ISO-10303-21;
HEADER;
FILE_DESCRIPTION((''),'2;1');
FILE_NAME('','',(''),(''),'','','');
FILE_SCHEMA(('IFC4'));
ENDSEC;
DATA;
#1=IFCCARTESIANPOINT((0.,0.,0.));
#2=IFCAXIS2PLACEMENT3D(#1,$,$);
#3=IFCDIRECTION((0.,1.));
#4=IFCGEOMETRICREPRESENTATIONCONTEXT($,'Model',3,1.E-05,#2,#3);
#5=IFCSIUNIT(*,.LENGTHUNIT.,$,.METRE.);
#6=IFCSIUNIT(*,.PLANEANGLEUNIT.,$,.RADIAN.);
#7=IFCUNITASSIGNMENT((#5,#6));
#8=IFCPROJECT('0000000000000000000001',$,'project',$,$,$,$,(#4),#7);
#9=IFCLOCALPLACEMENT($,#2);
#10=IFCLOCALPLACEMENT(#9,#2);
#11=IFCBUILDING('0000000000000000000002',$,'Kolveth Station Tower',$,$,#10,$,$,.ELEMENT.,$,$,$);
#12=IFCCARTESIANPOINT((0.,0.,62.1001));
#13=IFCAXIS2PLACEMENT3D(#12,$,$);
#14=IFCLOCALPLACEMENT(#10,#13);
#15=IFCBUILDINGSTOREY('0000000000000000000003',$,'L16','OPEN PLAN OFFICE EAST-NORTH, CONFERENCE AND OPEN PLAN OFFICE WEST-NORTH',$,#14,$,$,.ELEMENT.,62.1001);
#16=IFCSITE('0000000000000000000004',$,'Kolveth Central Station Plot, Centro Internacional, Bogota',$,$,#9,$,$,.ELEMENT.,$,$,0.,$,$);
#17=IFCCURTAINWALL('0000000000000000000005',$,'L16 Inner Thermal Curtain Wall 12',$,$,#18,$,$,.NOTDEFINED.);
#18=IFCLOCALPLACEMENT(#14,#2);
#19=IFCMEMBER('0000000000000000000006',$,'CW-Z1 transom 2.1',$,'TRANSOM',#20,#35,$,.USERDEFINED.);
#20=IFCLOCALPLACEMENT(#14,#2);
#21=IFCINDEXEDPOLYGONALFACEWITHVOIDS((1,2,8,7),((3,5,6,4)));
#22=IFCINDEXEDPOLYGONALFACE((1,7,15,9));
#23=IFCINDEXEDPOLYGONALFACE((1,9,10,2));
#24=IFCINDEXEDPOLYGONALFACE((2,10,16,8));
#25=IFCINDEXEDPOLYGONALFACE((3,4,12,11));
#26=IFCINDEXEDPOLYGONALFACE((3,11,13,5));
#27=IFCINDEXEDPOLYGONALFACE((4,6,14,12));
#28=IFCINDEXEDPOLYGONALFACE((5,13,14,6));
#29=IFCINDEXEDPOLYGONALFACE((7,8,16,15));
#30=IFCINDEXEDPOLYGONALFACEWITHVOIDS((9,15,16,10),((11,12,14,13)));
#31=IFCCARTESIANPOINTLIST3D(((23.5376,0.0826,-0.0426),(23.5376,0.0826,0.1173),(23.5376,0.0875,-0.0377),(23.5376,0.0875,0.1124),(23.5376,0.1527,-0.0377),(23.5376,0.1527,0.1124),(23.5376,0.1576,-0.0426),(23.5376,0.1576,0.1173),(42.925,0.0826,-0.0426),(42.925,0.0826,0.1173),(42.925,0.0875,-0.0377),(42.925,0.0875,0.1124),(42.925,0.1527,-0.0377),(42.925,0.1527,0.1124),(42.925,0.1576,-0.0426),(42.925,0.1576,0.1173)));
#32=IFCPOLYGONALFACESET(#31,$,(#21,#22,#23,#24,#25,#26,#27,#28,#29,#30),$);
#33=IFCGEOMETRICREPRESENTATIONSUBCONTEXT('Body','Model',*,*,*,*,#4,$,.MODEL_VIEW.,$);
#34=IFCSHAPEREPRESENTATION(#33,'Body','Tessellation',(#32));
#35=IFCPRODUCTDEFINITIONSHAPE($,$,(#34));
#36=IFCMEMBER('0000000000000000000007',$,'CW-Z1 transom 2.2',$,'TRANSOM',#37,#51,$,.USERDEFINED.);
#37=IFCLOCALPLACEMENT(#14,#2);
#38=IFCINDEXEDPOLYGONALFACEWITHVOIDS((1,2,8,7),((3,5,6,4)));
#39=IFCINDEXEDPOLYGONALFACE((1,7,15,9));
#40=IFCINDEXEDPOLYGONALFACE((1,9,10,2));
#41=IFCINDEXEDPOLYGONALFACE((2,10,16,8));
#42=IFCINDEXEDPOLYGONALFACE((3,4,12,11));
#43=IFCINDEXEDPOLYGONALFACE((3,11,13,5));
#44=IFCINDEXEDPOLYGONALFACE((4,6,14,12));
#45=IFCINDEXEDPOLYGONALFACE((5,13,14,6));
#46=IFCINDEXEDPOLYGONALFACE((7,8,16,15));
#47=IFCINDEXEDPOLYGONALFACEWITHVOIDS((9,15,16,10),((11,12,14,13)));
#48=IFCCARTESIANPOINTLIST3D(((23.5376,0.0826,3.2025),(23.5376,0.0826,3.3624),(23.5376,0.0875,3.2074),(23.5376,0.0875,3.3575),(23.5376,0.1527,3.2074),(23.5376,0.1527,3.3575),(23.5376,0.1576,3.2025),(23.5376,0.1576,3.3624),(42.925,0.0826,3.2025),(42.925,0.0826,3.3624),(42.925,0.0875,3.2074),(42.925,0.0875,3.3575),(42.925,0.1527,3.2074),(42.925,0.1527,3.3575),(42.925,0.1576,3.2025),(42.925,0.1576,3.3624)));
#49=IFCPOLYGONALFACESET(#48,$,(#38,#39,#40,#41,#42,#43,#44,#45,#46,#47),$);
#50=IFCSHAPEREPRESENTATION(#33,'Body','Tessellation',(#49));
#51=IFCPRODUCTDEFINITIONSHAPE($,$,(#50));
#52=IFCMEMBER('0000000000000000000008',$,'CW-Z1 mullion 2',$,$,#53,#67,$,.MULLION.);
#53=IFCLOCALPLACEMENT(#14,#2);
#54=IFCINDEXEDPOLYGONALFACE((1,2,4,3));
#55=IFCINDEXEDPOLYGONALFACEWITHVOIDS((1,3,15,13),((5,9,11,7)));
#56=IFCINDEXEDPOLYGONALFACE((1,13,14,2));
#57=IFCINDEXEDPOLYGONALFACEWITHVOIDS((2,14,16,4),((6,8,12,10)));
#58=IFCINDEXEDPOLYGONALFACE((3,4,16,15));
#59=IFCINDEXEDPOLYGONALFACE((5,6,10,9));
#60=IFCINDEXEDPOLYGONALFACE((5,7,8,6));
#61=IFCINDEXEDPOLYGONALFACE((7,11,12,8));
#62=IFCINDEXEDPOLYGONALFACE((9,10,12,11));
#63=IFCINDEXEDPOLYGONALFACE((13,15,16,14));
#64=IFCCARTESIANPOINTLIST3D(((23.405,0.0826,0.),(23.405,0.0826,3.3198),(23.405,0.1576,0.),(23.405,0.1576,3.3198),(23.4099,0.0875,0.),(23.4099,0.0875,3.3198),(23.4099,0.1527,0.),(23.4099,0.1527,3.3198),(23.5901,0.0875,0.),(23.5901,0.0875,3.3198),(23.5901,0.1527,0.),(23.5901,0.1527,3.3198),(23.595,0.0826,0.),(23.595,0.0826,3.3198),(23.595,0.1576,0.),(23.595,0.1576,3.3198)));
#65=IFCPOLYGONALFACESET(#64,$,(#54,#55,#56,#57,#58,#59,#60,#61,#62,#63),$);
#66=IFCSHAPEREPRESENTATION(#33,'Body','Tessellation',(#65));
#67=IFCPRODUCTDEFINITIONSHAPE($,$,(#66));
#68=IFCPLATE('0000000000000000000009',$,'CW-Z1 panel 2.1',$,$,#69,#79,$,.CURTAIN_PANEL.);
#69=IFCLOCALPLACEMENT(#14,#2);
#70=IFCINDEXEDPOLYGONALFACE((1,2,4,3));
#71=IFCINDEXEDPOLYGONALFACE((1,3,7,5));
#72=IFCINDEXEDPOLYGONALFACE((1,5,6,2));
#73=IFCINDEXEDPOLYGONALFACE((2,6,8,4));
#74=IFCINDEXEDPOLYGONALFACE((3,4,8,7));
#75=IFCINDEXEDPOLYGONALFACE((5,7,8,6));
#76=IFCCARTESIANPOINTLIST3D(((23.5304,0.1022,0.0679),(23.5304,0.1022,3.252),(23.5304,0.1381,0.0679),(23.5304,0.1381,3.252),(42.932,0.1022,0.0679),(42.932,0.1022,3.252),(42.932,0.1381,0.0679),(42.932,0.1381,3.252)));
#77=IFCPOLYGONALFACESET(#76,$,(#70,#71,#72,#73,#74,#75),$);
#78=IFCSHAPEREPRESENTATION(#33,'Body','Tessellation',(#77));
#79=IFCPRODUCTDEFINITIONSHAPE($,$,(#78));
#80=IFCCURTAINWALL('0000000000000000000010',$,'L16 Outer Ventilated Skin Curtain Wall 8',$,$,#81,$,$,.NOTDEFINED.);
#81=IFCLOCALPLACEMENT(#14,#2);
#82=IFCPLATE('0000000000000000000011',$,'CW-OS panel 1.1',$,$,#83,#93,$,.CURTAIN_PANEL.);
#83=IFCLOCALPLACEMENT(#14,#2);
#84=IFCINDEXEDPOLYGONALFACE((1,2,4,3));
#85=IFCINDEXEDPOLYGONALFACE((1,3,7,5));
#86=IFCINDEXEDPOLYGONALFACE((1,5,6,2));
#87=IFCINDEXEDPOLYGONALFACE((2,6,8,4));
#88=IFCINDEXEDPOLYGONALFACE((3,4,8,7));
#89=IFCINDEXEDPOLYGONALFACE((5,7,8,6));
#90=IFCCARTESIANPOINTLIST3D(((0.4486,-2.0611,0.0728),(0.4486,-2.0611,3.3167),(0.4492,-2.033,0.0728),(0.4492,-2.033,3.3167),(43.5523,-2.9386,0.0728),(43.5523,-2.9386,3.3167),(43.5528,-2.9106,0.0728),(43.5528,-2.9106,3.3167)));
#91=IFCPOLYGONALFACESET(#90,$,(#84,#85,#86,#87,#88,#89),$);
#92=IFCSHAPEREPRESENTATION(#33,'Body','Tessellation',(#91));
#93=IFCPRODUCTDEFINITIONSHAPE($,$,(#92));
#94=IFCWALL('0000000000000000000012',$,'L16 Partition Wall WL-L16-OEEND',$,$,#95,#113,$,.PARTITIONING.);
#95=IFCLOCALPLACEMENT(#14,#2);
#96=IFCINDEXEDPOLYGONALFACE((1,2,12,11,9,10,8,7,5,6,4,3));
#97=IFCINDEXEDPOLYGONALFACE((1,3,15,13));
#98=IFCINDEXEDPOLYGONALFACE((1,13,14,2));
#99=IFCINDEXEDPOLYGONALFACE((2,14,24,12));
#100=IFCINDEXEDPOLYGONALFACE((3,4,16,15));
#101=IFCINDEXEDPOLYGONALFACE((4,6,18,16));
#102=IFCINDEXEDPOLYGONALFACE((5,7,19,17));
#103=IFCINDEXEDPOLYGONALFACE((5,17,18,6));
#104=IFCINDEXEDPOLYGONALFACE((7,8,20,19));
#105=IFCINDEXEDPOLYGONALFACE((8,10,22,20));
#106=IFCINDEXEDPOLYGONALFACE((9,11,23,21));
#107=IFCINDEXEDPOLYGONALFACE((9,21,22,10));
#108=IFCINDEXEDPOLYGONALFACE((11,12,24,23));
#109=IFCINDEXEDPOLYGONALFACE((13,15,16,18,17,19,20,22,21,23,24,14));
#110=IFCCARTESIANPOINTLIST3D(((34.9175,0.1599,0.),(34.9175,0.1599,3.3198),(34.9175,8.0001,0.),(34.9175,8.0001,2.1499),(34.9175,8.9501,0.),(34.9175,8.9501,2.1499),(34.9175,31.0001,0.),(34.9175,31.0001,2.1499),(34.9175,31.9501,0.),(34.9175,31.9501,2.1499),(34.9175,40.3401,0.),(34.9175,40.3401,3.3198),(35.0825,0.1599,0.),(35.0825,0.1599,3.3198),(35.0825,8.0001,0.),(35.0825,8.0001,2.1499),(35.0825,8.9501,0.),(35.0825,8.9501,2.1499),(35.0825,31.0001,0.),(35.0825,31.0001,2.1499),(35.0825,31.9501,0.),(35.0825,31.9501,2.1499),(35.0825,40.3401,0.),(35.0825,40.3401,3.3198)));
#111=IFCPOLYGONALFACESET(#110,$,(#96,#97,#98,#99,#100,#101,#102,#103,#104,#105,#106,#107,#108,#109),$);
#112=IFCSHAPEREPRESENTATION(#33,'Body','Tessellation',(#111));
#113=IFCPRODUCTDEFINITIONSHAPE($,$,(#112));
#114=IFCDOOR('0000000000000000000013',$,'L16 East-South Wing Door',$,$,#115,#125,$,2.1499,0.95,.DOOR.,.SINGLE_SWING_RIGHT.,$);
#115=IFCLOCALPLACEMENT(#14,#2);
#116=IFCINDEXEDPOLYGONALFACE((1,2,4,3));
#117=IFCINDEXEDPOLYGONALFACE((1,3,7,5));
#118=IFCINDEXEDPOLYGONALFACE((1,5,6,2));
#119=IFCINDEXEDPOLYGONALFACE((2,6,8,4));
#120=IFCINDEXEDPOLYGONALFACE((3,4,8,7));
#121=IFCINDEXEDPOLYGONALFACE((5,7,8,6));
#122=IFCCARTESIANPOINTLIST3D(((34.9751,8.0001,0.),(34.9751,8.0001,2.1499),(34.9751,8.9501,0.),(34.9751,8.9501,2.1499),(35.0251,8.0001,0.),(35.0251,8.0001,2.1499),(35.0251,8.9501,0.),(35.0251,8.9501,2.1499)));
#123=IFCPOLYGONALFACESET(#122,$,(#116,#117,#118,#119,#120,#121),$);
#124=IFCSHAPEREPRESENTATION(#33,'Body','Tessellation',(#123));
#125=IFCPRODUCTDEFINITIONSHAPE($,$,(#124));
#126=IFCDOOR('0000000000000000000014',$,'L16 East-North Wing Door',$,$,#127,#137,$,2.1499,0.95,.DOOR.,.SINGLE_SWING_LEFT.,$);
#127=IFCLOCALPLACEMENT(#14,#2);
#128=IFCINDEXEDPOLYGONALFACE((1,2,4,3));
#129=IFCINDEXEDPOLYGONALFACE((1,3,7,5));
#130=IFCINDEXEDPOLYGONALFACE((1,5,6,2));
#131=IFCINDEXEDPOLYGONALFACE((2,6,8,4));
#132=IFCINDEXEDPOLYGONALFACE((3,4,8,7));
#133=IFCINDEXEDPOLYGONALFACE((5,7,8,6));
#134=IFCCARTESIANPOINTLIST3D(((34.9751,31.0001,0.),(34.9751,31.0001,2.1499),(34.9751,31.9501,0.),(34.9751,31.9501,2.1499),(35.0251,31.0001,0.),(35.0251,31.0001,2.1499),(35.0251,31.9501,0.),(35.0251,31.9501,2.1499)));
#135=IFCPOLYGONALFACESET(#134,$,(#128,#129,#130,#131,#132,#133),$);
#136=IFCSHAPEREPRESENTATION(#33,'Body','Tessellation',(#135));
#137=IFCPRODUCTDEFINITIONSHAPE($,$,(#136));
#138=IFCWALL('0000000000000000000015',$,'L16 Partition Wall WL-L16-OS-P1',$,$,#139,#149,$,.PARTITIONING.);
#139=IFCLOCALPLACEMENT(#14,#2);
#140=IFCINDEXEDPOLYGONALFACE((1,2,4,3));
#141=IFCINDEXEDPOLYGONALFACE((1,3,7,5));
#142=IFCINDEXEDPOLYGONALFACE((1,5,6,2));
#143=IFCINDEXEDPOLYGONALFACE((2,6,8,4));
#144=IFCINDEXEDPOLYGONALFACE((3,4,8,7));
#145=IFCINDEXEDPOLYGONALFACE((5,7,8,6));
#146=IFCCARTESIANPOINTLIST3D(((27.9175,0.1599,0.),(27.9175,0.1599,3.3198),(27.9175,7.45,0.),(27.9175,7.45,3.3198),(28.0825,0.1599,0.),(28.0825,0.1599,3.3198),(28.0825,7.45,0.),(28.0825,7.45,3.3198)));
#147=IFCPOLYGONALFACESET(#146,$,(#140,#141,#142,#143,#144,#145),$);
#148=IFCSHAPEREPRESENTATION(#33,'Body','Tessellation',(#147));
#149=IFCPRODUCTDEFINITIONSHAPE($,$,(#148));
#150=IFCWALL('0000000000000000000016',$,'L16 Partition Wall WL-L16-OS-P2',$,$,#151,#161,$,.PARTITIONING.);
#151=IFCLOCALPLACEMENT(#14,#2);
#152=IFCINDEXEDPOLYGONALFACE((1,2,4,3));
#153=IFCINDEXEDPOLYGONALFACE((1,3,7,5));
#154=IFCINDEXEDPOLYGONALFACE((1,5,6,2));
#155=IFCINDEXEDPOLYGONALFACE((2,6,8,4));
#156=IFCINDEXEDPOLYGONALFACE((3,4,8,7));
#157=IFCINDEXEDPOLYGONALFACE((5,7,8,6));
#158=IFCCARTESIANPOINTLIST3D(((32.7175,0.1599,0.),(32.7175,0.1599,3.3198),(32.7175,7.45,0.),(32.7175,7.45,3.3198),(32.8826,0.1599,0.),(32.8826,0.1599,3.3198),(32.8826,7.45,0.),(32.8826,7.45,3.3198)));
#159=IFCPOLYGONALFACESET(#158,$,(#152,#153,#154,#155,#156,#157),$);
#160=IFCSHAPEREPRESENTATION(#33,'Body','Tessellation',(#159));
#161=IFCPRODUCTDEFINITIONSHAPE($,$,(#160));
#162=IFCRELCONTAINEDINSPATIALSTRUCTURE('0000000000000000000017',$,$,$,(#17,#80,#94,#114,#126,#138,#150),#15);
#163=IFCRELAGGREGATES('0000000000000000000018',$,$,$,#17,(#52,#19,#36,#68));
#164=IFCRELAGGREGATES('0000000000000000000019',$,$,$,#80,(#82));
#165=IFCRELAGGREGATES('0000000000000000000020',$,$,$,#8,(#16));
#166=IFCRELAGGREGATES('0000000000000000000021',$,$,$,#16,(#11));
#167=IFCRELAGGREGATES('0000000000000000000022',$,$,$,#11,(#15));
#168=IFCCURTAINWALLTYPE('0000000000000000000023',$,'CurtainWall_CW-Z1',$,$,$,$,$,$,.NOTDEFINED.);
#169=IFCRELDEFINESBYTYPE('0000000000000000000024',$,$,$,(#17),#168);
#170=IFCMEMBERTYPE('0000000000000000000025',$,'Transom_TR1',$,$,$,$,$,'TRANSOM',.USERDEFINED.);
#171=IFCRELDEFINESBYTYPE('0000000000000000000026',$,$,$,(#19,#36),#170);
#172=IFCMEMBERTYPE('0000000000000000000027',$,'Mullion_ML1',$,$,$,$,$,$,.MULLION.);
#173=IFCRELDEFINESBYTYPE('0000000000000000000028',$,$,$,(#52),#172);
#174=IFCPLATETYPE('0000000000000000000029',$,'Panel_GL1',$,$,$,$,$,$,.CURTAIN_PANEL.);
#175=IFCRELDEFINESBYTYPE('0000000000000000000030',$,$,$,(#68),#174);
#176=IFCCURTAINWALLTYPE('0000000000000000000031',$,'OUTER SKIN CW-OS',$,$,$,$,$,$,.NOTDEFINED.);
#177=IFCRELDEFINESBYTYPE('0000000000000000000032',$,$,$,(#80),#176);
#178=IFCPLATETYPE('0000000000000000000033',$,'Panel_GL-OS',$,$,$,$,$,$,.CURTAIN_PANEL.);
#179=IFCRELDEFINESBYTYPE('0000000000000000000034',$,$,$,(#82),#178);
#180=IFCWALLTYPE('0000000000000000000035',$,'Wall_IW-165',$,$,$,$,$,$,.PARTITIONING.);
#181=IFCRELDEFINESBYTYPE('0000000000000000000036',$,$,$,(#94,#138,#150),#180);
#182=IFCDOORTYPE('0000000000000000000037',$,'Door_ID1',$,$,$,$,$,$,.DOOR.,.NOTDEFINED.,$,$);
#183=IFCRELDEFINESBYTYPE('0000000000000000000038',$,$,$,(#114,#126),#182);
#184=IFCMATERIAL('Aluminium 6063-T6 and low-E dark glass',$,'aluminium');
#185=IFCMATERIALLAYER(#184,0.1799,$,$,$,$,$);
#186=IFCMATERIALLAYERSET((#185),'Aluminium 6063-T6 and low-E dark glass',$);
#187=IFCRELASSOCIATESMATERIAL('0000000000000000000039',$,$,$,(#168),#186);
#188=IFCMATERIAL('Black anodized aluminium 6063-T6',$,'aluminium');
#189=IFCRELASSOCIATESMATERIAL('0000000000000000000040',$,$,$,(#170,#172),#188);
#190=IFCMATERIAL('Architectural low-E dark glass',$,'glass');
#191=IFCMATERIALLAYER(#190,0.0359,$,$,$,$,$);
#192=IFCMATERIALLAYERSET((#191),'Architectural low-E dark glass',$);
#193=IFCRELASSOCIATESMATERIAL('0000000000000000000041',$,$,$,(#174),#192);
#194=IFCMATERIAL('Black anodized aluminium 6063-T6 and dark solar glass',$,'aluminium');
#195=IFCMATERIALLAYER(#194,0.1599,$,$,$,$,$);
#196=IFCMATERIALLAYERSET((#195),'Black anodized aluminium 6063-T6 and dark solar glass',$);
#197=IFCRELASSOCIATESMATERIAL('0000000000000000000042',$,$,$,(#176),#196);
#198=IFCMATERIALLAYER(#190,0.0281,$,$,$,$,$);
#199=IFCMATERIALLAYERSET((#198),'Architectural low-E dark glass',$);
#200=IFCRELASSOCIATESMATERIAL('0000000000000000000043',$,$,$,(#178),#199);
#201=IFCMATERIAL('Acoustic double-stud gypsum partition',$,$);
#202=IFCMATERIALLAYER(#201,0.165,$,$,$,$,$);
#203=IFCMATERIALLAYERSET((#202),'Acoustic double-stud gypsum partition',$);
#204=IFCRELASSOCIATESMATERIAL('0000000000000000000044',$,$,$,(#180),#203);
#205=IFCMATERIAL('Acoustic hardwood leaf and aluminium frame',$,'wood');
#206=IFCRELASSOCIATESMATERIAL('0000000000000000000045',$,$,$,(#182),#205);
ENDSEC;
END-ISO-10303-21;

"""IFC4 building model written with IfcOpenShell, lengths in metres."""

from ifc_helpers import new_model, si_unit, direction, frame, frame_2d, origin, origin_2d, place, context, subcontext, project, spatial, rectangle, hollow_rectangle, extrude, source, transform, mapped, material, layer, layer_set, material_profile, profile_set, type_object, element, fill, aggregate, save


model = new_model("IFC4")

# Units and contexts
model_context = context("Model", 3, precision=1e-05, world=origin(), true_north=direction((0.0, 1.0)))
body_context = subcontext(model_context, "Body", "Model", "MODEL_VIEW")
ifc_project = project(units=[si_unit("LENGTHUNIT", "METRE"), si_unit("PLANEANGLEUNIT", "RADIAN")], contexts=[model_context])

# Site, building, storey
site_placement = place(None, origin())
site = spatial("IfcSite", under=ifc_project, at=site_placement, Name="Kolveth Central Station Plot, Centro Internacional, Bogota", CompositionType="ELEMENT", RefElevation=0.0)
building_placement = place(site_placement, origin())
building = spatial("IfcBuilding", under=site, at=building_placement, Name="Kolveth Station Tower", CompositionType="ELEMENT")
storey_placement = place(building_placement, frame((0.0, 0.0, 62.1001)))
storey = spatial("IfcBuildingStorey", under=building, at=storey_placement, Name="L16", Description="OPEN PLAN OFFICE EAST-NORTH, CONFERENCE AND OPEN PLAN OFFICE WEST-NORTH", CompositionType="ELEMENT", Elevation=62.1001)

# Curtain wall, members, plate
ifc_material_1 = material(Name="Aluminium 6063-T6 and low-E dark glass", Category="aluminium")
ifc_layer_1 = layer(ifc_material_1, 0.1799)
ifc_layer_set_1 = layer_set([ifc_layer_1], Name="Aluminium 6063-T6 and low-E dark glass")
curtain_wall_type_1 = type_object("IfcCurtainWallType", Name="CurtainWall_CW-Z1", PredefinedType="NOTDEFINED", material=ifc_layer_set_1)
curtain_wall_1_placement = place(storey_placement, origin())
curtain_wall_1 = element("IfcCurtainWall", 1, at=curtain_wall_1_placement, inside=storey, type_object=curtain_wall_type_1, Name="L16 Inner Thermal Curtain Wall 12", PredefinedType="NOTDEFINED")
ifc_material_2 = material(Name="Black anodized aluminium 6063-T6", Category="aluminium")
ifc_material_profile_1 = material_profile(ifc_material_2, hollow_rectangle(XDim=0.075, YDim=0.1599, WallThickness=0.0049, at=origin_2d()), Name="ALU-75x160x5")
ifc_profile_set_1 = profile_set([ifc_material_profile_1], Name="Black anodized aluminium 6063-T6")
member_type_1 = type_object("IfcMemberType", Name="Transom_TR1", ElementType="TRANSOM", PredefinedType="USERDEFINED", material=ifc_profile_set_1)
shared_shape_1 = source(origin(), body_context, "Body", "SweptSolid", [
    extrude(hollow_rectangle(XDim=0.075, YDim=0.1599, WallThickness=0.0049, at=origin_2d()), origin(), (0.0, 0.0, 1.0), 19.3875),
])
member_1_placement = place(storey_placement, frame((23.5376, 0.1201, 0.0374), z_axis=(1.0, 0.0, 0.0), x_axis=(0.0, 1.0, 0.0)))
member_1 = element("IfcMember", 2, at=member_1_placement, type_object=member_type_1, Name="CW-Z1 transom 2.1", ObjectType="TRANSOM", PredefinedType="USERDEFINED", context=body_context, shape_type="MappedRepresentation", body=[
    mapped(shared_shape_1, transform((0.0, 0.0, 0.0), x_axis=(1.0, 0.0, 0.0), y_axis=(0.0, 1.0, 0.0), z_axis=(0.0, 0.0, 1.0), scale=1.0)),
])
member_2_placement = place(storey_placement, frame((23.5376, 0.1201, 3.2825), z_axis=(1.0, 0.0, 0.0), x_axis=(0.0, 1.0, 0.0)))
member_2 = element("IfcMember", 3, at=member_2_placement, type_object=member_type_1, Name="CW-Z1 transom 2.2", ObjectType="TRANSOM", PredefinedType="USERDEFINED", context=body_context, shape_type="MappedRepresentation", body=[
    mapped(shared_shape_1, transform((0.0, 0.0, 0.0), x_axis=(1.0, 0.0, 0.0), y_axis=(0.0, 1.0, 0.0), z_axis=(0.0, 0.0, 1.0), scale=1.0)),
])
ifc_material_profile_2 = material_profile(ifc_material_2, hollow_rectangle(XDim=0.075, YDim=0.1899, WallThickness=0.0049, at=origin_2d()), Name="ALU-75x190x5")
ifc_profile_set_2 = profile_set([ifc_material_profile_2], Name="Black anodized aluminium 6063-T6")
member_type_2 = type_object("IfcMemberType", Name="Mullion_ML1", PredefinedType="MULLION", material=ifc_profile_set_2)
shared_shape_2 = source(origin(), body_context, "Body", "SweptSolid", [
    extrude(hollow_rectangle(XDim=0.075, YDim=0.1899, WallThickness=0.0049, at=origin_2d()), origin(), (0.0, 0.0, 1.0), 3.3198),
])
member_3_placement = place(storey_placement, frame((23.5, 0.1201, 0.0), z_axis=(0.0, 0.0, 1.0), x_axis=(0.0, 1.0, 0.0)))
member_3 = element("IfcMember", 4, at=member_3_placement, type_object=member_type_2, Name="CW-Z1 mullion 2", PredefinedType="MULLION", context=body_context, shape_type="MappedRepresentation", body=[
    mapped(shared_shape_2, transform((0.0, 0.0, 0.0), x_axis=(1.0, 0.0, 0.0), y_axis=(0.0, 1.0, 0.0), z_axis=(0.0, 0.0, 1.0), scale=1.0)),
])
ifc_material_3 = material(Name="Architectural low-E dark glass", Category="glass")
ifc_layer_2 = layer(ifc_material_3, 0.0359)
ifc_layer_set_2 = layer_set([ifc_layer_2], Name="Architectural low-E dark glass")
plate_type_1 = type_object("IfcPlateType", Name="Panel_GL1", PredefinedType="CURTAIN_PANEL", material=ifc_layer_set_2)
shared_shape_3 = source(origin(), body_context, "Body", "SweptSolid", [
    extrude(rectangle(XDim=19.4016, YDim=0.0359, at=origin_2d()), origin(), (0.0, 0.0, 1.0), 3.1841),
])
plate_1_placement = place(storey_placement, frame((33.2312, 0.1201, 0.0679), z_axis=(0.0, 0.0, 1.0), x_axis=(1.0, 0.0, 0.0)))
plate_1 = element("IfcPlate", 5, at=plate_1_placement, type_object=plate_type_1, Name="CW-Z1 panel 2.1", PredefinedType="CURTAIN_PANEL", context=body_context, shape_type="MappedRepresentation", body=[
    mapped(shared_shape_3, transform((0.0, 0.0, 0.0), x_axis=(1.0, 0.0, 0.0), y_axis=(0.0, 1.0, 0.0), z_axis=(0.0, 0.0, 1.0), scale=1.0)),
])
aggregate(curtain_wall_1, [member_3, member_1, member_2, plate_1])

# Curtain wall, plate
ifc_material_4 = material(Name="Black anodized aluminium 6063-T6 and dark solar glass", Category="aluminium")
ifc_layer_3 = layer(ifc_material_4, 0.1599)
ifc_layer_set_3 = layer_set([ifc_layer_3], Name="Black anodized aluminium 6063-T6 and dark solar glass")
curtain_wall_type_2 = type_object("IfcCurtainWallType", Name="OUTER SKIN CW-OS", PredefinedType="NOTDEFINED", material=ifc_layer_set_3)
curtain_wall_2_placement = place(storey_placement, origin())
curtain_wall_2 = element("IfcCurtainWall", 6, at=curtain_wall_2_placement, inside=storey, type_object=curtain_wall_type_2, Name="L16 Outer Ventilated Skin Curtain Wall 8", PredefinedType="NOTDEFINED")
ifc_layer_4 = layer(ifc_material_3, 0.0281)
ifc_layer_set_4 = layer_set([ifc_layer_4], Name="Architectural low-E dark glass")
plate_type_2 = type_object("IfcPlateType", Name="Panel_GL-OS", PredefinedType="CURTAIN_PANEL", material=ifc_layer_set_4)
shared_shape_4 = source(origin(), body_context, "Body", "SweptSolid", [
    extrude(rectangle(XDim=43.1125, YDim=0.0281, at=origin_2d()), origin(), (0.0, 0.0, 1.0), 3.2439),
])
plate_2_placement = place(storey_placement, frame((22.0007, -2.4858, 0.0728), z_axis=(0.0, 0.0, 1.0), x_axis=(0.999793, -0.020354, 0.0)))
plate_2 = element("IfcPlate", 7, at=plate_2_placement, type_object=plate_type_2, Name="CW-OS panel 1.1", PredefinedType="CURTAIN_PANEL", context=body_context, shape_type="MappedRepresentation", body=[
    mapped(shared_shape_4, transform((0.0, 0.0, 0.0), x_axis=(1.0, 0.0, 0.0), y_axis=(0.0, 1.0, 0.0), z_axis=(0.0, 0.0, 1.0), scale=1.0)),
])
aggregate(curtain_wall_2, [plate_2])

# Wall, openings, doors
ifc_material_5 = material(Name="Acoustic double-stud gypsum partition")
ifc_layer_5 = layer(ifc_material_5, 0.165)
ifc_layer_set_5 = layer_set([ifc_layer_5], Name="Acoustic double-stud gypsum partition")
wall_type = type_object("IfcWallType", Name="Wall_IW-165", PredefinedType="PARTITIONING", material=ifc_layer_set_5)
wall_placement = place(storey_placement, frame((35.0, 0.1599, 0.0), z_axis=(0.0, 0.0, 1.0), x_axis=(0.0, 1.0, 0.0)))
wall = element("IfcWall", 8, at=wall_placement, inside=storey, type_object=wall_type, Name="L16 Partition Wall WL-L16-OEEND", PredefinedType="PARTITIONING", context=body_context, shape_type="SweptSolid", body=[
    extrude(rectangle(XDim=40.1802, YDim=0.165, at=frame_2d((20.0901, 0.0))), origin(), (0.0, 0.0, 1.0), 3.3198),
])
opening_1_placement = place(wall_placement, frame((7.8401, 0.0, 0.0)))
opening_1 = element("IfcOpeningElement", 9, at=opening_1_placement, cuts=wall, PredefinedType="OPENING", context=body_context, shape_type="SweptSolid", body=[
    extrude(rectangle(XDim=0.95, YDim=2.1499, at=frame_2d((0.4751, 1.075))), frame((0.0, 0.0925, 0.0), z_axis=(0.0, -1.0, 0.0), x_axis=(1.0, 0.0, 0.0)), (0.0, 0.0, 1.0), 0.1851),
])
opening_2_placement = place(wall_placement, frame((30.8401, 0.0, 0.0)))
opening_2 = element("IfcOpeningElement", 10, at=opening_2_placement, cuts=wall, PredefinedType="OPENING", context=body_context, shape_type="SweptSolid", body=[
    extrude(rectangle(XDim=0.95, YDim=2.1499, at=frame_2d((0.4751, 1.075))), frame((0.0, 0.0925, 0.0), z_axis=(0.0, -1.0, 0.0), x_axis=(1.0, 0.0, 0.0)), (0.0, 0.0, 1.0), 0.1851),
])
ifc_material_6 = material(Name="Acoustic hardwood leaf and aluminium frame", Category="wood")
door_type = type_object("IfcDoorType", Name="Door_ID1", OperationType="NOTDEFINED", PredefinedType="DOOR", material=ifc_material_6)
door_1_placement = place(opening_1_placement, origin())
door_1 = element("IfcDoor", 11, at=door_1_placement, inside=storey, type_object=door_type, Name="L16 East-South Wing Door", OperationType="SINGLE_SWING_RIGHT", OverallHeight=2.1499, OverallWidth=0.95, PredefinedType="DOOR", context=body_context, shape_type="SweptSolid", body=[
    extrude(rectangle(XDim=0.95, YDim=2.1499, at=frame_2d((0.4751, 1.075))), frame((0.0, 0.0249, 0.0), z_axis=(0.0, -1.0, 0.0), x_axis=(1.0, 0.0, 0.0)), (0.0, 0.0, 1.0), 0.05),
])
fill(opening_1, door_1)
door_2_placement = place(opening_2_placement, origin())
door_2 = element("IfcDoor", 12, at=door_2_placement, inside=storey, type_object=door_type, Name="L16 East-North Wing Door", OperationType="SINGLE_SWING_LEFT", OverallHeight=2.1499, OverallWidth=0.95, PredefinedType="DOOR", context=body_context, shape_type="SweptSolid", body=[
    extrude(rectangle(XDim=0.95, YDim=2.1499, at=frame_2d((0.4751, 1.075))), frame((0.0, 0.0249, 0.0), z_axis=(0.0, -1.0, 0.0), x_axis=(1.0, 0.0, 0.0)), (0.0, 0.0, 1.0), 0.05),
])
fill(opening_2, door_2)

# Walls
for number, where, z_axis, x_axis, name in (
    (13, (28.0, 0.1599, 0.0), (0.0, 0.0, 1.0), (0.0, 1.0, 0.0), "L16 Partition Wall WL-L16-OS-P1"),
    (14, (32.8, 0.1599, 0.0), (0.0, 0.0, 1.0), (0.0, 1.0, 0.0), "L16 Partition Wall WL-L16-OS-P2"),
):
    element("IfcWall", number, at=place(storey_placement, frame(where, z_axis=z_axis, x_axis=x_axis)), inside=storey, type_object=wall_type, Name=name, PredefinedType="PARTITIONING", context=body_context, shape_type="SweptSolid", body=[
        extrude(rectangle(XDim=7.29, YDim=0.165, at=frame_2d((3.645, 0.0))), origin(), (0.0, 0.0, 1.0), 3.3198),
    ])

save(model, "model.ifc")
